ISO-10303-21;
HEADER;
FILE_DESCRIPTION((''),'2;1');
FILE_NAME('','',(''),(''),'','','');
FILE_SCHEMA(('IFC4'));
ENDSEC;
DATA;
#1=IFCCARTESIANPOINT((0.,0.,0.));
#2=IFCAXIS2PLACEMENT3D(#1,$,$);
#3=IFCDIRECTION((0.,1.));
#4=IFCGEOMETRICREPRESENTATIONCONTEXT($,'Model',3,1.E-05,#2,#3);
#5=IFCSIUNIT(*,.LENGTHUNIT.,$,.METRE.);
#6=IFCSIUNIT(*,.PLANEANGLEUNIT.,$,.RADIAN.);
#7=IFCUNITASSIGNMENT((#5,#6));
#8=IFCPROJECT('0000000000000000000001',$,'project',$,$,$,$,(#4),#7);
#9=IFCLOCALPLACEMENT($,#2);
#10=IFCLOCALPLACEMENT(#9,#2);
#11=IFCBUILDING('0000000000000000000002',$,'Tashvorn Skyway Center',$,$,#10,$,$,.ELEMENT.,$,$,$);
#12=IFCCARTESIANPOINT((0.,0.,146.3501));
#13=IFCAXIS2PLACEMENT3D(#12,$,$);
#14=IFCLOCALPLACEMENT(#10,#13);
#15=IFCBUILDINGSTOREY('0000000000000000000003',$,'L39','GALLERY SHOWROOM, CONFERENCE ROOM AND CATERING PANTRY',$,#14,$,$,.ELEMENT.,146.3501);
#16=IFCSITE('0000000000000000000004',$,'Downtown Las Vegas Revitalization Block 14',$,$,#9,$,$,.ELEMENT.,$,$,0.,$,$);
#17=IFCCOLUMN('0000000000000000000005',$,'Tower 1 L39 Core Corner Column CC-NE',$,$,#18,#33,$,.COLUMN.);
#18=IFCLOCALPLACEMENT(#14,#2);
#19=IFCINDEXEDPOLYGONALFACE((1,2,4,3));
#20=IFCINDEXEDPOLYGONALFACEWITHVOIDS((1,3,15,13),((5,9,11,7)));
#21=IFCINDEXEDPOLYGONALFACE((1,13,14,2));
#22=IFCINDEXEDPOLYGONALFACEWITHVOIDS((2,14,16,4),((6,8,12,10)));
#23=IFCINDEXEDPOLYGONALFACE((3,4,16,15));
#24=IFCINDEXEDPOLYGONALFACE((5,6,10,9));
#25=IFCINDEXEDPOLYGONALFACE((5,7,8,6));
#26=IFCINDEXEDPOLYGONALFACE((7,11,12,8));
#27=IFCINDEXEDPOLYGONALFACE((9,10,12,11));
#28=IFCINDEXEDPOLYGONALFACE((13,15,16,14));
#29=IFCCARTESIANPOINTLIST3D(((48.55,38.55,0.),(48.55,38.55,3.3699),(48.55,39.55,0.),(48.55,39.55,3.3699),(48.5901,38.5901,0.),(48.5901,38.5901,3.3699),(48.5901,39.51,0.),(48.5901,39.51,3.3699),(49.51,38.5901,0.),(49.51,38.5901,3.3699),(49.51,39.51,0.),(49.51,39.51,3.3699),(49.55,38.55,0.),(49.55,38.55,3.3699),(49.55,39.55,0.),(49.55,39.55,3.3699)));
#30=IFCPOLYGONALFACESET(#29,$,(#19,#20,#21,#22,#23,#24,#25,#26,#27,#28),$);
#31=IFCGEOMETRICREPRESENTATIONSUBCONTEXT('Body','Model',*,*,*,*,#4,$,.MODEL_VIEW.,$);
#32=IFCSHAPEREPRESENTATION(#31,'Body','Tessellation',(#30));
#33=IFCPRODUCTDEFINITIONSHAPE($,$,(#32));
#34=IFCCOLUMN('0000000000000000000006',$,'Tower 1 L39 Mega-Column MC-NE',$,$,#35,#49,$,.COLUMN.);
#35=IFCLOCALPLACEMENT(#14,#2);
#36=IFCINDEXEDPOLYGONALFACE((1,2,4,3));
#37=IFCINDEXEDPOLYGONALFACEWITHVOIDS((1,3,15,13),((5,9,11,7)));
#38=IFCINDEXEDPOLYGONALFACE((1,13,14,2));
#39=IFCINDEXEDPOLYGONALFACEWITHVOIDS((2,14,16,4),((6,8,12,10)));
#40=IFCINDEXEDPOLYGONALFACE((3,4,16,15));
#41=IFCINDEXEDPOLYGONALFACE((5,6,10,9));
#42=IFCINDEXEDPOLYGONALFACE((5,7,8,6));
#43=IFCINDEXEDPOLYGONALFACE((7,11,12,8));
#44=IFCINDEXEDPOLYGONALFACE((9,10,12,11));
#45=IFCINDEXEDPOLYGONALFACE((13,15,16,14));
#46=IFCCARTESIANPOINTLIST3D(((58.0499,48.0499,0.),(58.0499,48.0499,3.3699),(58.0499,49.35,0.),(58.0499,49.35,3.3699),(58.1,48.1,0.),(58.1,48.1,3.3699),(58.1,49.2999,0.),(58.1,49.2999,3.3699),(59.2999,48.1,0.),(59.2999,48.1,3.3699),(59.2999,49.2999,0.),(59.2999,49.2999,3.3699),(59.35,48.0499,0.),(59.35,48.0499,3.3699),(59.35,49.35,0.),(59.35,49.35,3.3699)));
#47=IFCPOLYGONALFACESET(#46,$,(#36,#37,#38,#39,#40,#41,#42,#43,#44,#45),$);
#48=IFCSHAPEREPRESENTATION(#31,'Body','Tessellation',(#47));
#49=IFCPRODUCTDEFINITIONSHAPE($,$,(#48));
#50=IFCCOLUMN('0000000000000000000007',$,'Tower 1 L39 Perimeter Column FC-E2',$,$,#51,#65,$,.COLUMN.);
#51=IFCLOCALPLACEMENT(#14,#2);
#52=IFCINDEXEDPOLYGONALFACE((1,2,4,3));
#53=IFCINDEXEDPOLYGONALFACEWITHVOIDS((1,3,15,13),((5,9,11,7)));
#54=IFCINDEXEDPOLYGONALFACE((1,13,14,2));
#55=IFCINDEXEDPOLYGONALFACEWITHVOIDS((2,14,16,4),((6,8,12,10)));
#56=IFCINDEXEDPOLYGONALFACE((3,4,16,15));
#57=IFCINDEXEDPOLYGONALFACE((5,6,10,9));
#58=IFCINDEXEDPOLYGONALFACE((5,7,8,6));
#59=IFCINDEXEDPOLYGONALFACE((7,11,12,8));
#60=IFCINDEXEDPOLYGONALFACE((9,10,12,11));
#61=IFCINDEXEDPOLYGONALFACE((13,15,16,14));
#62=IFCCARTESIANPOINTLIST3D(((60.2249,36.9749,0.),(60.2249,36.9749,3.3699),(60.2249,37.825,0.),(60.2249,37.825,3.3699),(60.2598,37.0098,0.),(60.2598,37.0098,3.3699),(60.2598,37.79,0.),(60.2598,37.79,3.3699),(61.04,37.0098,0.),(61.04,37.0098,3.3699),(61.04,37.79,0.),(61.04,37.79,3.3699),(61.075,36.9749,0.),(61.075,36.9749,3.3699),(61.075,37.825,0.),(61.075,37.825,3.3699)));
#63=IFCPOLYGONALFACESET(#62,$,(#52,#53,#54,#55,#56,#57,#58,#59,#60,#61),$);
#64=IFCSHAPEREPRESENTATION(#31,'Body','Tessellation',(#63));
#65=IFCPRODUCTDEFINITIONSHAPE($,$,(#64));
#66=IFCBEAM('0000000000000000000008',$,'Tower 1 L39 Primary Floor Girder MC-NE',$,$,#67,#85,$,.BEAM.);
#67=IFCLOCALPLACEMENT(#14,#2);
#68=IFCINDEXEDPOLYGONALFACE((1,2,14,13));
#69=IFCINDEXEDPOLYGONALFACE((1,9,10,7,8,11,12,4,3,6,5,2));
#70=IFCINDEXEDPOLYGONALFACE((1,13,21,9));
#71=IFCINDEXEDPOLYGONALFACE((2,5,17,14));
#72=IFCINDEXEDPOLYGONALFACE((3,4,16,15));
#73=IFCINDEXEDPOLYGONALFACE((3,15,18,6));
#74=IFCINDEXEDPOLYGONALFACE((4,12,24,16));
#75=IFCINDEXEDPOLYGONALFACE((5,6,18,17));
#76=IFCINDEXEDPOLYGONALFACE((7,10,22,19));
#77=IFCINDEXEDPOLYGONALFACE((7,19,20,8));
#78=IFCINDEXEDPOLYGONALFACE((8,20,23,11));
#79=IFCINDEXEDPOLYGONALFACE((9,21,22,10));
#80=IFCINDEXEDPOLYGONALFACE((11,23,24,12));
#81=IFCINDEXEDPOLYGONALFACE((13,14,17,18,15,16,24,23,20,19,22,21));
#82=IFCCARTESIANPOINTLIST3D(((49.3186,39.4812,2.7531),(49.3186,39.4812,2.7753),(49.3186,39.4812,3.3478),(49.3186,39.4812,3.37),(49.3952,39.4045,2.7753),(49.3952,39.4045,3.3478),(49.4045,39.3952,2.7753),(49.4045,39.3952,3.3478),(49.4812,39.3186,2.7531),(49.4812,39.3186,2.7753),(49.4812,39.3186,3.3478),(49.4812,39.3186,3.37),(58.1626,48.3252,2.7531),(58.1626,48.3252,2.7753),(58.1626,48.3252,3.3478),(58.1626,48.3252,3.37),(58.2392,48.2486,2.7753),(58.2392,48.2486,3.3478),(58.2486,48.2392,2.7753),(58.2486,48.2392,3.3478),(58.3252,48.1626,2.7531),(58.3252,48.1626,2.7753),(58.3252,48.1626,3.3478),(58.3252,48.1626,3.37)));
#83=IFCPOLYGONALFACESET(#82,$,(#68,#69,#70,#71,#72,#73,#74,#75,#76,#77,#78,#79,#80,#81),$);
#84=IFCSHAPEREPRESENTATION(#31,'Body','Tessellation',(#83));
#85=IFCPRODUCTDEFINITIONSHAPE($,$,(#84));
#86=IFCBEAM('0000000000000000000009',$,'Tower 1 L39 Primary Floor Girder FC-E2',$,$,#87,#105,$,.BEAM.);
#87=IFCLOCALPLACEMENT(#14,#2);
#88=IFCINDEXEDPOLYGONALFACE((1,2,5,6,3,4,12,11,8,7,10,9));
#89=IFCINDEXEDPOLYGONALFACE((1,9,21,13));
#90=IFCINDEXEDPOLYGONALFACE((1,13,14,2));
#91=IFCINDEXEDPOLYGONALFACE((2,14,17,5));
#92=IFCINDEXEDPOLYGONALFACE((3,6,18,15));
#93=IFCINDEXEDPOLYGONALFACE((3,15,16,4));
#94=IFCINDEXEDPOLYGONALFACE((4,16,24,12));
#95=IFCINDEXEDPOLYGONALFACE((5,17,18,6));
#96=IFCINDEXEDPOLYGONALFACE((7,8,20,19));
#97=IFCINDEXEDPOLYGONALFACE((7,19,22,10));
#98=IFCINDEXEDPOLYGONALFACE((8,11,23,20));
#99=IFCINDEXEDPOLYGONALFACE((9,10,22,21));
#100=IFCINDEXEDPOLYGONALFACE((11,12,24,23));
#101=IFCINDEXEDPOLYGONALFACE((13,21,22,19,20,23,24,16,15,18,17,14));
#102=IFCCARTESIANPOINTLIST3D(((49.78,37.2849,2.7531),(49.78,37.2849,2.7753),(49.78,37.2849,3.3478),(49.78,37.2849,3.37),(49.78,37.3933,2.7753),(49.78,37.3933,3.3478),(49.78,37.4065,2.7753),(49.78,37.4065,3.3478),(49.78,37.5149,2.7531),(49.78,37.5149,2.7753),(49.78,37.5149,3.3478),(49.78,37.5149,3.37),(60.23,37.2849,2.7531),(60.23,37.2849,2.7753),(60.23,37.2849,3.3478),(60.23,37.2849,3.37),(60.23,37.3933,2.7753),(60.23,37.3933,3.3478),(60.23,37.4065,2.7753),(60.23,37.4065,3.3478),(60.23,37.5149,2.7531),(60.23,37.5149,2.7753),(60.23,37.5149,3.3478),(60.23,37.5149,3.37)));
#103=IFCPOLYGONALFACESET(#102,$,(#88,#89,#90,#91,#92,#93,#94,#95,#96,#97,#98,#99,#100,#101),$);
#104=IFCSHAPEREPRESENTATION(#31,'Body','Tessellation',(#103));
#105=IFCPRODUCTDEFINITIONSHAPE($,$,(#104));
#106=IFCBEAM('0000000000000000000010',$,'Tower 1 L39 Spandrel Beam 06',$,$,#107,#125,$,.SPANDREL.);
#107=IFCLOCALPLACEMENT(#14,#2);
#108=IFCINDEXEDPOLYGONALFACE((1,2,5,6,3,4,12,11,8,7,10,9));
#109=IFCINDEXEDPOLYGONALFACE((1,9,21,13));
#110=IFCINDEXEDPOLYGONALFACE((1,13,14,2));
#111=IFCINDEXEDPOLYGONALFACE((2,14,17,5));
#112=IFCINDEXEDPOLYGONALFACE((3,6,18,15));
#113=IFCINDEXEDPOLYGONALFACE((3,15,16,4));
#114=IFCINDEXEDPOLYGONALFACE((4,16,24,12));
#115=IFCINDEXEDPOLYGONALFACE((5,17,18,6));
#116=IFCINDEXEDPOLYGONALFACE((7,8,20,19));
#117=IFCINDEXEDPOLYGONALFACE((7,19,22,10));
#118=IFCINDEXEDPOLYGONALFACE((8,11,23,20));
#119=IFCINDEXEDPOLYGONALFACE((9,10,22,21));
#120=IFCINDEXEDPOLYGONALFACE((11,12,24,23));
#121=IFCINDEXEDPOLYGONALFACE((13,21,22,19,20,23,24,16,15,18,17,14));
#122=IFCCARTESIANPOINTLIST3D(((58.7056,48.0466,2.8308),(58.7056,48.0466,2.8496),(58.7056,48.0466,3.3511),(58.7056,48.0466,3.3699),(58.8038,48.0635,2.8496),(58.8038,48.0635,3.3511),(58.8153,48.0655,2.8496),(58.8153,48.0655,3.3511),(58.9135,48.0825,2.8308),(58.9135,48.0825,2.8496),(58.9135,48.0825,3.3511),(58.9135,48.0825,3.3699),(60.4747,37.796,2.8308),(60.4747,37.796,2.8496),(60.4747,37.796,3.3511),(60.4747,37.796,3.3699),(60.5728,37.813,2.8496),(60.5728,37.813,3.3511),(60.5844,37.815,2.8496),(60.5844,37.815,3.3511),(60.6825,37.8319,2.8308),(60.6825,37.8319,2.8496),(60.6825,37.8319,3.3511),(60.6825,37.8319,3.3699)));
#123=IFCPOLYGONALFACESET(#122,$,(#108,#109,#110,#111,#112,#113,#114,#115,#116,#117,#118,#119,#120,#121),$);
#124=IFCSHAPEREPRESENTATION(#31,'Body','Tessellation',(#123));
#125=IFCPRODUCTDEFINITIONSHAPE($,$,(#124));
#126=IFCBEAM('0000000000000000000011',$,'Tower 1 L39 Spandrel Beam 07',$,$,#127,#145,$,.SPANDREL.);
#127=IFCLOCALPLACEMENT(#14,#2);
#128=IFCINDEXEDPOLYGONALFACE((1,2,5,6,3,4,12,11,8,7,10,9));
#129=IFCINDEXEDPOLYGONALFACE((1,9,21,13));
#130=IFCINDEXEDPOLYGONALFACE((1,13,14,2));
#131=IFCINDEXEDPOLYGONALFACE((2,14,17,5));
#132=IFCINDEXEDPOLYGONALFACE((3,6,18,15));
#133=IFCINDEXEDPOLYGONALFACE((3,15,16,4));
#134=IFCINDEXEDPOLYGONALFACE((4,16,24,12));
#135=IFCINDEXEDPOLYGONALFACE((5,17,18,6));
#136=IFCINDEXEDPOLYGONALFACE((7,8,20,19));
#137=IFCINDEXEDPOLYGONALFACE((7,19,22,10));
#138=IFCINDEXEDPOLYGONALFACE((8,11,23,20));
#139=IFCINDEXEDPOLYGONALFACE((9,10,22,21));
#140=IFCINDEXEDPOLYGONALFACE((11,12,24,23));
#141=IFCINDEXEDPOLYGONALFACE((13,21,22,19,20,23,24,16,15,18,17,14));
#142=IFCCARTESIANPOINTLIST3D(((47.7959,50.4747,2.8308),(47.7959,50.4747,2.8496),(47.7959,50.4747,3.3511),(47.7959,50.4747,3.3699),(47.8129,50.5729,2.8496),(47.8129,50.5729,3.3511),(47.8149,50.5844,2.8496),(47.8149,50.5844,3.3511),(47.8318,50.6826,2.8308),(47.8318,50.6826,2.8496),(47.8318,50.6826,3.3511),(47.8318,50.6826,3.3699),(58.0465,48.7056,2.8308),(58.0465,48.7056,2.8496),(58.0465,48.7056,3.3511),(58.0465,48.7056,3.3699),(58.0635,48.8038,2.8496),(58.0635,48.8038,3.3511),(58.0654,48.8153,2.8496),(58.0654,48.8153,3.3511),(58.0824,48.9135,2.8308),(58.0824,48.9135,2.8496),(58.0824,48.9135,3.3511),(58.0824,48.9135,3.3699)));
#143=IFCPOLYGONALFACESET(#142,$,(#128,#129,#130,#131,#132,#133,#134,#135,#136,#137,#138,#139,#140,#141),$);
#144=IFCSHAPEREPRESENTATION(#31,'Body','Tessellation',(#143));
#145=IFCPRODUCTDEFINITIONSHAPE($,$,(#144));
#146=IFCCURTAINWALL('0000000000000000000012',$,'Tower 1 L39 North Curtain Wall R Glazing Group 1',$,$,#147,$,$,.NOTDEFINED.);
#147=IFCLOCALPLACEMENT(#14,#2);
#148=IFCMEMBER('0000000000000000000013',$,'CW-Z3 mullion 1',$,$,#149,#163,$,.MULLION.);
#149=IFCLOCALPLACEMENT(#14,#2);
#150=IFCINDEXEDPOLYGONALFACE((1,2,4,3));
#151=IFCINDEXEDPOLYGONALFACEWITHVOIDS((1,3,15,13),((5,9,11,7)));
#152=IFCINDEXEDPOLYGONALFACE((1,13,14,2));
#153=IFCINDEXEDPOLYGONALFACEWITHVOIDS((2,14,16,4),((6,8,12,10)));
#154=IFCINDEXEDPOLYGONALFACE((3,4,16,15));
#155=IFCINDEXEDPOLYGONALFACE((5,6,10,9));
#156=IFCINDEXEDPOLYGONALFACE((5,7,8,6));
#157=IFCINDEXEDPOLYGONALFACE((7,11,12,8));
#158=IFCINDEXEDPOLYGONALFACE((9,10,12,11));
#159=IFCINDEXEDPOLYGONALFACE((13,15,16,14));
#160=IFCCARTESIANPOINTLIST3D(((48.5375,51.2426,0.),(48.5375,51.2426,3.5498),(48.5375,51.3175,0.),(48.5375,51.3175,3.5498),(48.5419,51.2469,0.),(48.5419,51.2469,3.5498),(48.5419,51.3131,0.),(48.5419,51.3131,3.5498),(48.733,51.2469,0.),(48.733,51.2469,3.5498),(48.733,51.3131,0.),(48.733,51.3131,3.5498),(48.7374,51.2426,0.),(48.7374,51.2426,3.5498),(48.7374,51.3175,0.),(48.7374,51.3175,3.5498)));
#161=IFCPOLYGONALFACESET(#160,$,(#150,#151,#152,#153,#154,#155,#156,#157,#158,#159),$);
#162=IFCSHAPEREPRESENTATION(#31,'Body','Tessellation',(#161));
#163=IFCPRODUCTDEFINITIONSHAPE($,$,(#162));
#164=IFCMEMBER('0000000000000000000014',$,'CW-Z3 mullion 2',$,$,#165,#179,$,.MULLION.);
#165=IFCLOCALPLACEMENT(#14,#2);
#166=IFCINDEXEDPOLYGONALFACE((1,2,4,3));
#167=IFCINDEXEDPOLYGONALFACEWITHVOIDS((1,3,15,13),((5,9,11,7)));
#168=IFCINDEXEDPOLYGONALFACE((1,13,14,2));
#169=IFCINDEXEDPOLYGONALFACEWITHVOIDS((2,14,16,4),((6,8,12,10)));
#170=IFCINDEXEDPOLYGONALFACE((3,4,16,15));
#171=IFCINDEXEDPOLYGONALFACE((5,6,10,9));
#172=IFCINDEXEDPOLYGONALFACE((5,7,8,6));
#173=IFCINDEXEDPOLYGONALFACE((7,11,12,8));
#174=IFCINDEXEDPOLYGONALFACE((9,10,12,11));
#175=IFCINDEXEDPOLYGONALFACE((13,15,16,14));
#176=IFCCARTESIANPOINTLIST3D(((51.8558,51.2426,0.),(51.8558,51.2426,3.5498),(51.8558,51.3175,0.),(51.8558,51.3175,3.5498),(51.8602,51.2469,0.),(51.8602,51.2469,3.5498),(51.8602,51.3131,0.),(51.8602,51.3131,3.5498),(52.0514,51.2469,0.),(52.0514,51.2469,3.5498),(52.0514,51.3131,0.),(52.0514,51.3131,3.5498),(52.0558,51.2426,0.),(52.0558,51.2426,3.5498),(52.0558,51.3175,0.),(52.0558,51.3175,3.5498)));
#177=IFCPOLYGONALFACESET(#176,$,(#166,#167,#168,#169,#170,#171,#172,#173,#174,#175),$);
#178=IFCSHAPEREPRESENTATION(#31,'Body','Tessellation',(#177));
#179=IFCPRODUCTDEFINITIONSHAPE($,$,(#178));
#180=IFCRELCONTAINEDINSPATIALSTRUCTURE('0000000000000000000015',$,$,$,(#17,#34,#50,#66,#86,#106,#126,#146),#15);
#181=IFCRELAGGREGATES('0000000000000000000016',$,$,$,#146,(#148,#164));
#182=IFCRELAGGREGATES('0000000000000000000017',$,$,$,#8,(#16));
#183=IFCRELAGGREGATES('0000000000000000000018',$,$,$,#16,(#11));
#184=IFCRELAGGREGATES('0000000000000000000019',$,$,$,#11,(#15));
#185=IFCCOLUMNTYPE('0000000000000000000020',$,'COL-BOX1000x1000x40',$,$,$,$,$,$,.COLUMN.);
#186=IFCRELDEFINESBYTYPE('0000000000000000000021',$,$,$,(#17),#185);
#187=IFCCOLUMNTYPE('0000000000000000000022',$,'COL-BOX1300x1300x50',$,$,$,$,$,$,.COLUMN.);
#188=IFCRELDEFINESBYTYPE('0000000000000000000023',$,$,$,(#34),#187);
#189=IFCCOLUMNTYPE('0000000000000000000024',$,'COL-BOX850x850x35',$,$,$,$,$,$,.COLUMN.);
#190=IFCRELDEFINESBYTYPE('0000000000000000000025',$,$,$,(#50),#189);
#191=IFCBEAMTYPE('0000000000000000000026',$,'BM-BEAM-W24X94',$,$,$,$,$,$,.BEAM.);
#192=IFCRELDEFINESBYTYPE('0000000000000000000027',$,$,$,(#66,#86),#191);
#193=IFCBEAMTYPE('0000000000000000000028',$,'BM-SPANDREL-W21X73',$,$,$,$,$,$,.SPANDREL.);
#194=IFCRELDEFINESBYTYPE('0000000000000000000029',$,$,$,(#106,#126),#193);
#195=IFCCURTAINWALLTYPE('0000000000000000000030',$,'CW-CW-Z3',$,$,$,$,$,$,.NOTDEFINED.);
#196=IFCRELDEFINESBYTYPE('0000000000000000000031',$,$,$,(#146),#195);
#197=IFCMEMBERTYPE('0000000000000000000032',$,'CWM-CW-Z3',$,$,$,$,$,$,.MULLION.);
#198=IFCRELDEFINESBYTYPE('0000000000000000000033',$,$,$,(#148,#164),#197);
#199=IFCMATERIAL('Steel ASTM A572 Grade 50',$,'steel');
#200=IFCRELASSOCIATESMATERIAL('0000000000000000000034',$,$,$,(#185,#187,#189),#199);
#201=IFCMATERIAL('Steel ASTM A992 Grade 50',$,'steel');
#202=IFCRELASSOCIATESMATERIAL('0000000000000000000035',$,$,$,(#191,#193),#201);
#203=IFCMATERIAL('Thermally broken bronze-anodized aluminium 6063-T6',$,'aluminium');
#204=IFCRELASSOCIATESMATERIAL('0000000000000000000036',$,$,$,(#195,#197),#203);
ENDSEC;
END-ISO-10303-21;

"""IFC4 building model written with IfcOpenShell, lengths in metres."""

from ifc_helpers import new_model, si_unit, direction, frame, origin, origin_2d, place, context, subcontext, project, spatial, hollow_rectangle, i_section, extrude, material, material_profile, profile_set, type_object, element, aggregate, save


model = new_model("IFC4")

# Units and contexts
model_context = context("Model", 3, precision=1e-05, world=origin(), true_north=direction((0.0, 1.0)))
body_context = subcontext(model_context, "Body", "Model", "MODEL_VIEW")
ifc_project = project(units=[si_unit("LENGTHUNIT", "METRE"), si_unit("PLANEANGLEUNIT", "RADIAN")], contexts=[model_context])

# Site, building, storey
site_placement = place(None, origin())
site = spatial("IfcSite", under=ifc_project, at=site_placement, Name="Downtown Las Vegas Revitalization Block 14", CompositionType="ELEMENT", RefElevation=0.0)
building_placement = place(site_placement, origin())
building = spatial("IfcBuilding", under=site, at=building_placement, Name="Tashvorn Skyway Center", CompositionType="ELEMENT")
storey_placement = place(building_placement, frame((0.0, 0.0, 146.3501)))
storey = spatial("IfcBuildingStorey", under=building, at=storey_placement, Name="L39", Description="GALLERY SHOWROOM, CONFERENCE ROOM AND CATERING PANTRY", CompositionType="ELEMENT", Elevation=146.3501)

# Columns
ifc_material_1 = material(Name="Steel ASTM A572 Grade 50", Category="steel")
ifc_material_profile_1 = material_profile(ifc_material_1, hollow_rectangle(XDim=1.0, YDim=1.0, WallThickness=0.04, at=origin_2d()), Name="BOX1000x1000x40")
ifc_profile_set_1 = profile_set([ifc_material_profile_1], Name="Steel ASTM A572 Grade 50")
column_type_1 = type_object("IfcColumnType", Name="COL-BOX1000x1000x40", PredefinedType="COLUMN", material=ifc_profile_set_1)
column_1_placement = place(storey_placement, frame((49.05, 39.05, 0.0), z_axis=(0.0, 0.0, 1.0), x_axis=(1.0, 0.0, 0.0)))
element("IfcColumn", 1, at=column_1_placement, inside=storey, type_object=column_type_1, Name="Tower 1 L39 Core Corner Column CC-NE", PredefinedType="COLUMN", context=body_context, shape_type="SweptSolid", body=[
    extrude(hollow_rectangle(XDim=1.0, YDim=1.0, WallThickness=0.04, at=origin_2d()), origin(), (0.0, 0.0, 1.0), 3.3699),
])
ifc_material_profile_2 = material_profile(ifc_material_1, hollow_rectangle(XDim=1.3, YDim=1.3, WallThickness=0.05, at=origin_2d()), Name="BOX1300x1300x50")
ifc_profile_set_2 = profile_set([ifc_material_profile_2], Name="Steel ASTM A572 Grade 50")
column_type_2 = type_object("IfcColumnType", Name="COL-BOX1300x1300x50", PredefinedType="COLUMN", material=ifc_profile_set_2)
column_2_placement = place(storey_placement, frame((58.7, 48.7, 0.0), z_axis=(0.0, 0.0, 1.0), x_axis=(1.0, 0.0, 0.0)))
element("IfcColumn", 2, at=column_2_placement, inside=storey, type_object=column_type_2, Name="Tower 1 L39 Mega-Column MC-NE", PredefinedType="COLUMN", context=body_context, shape_type="SweptSolid", body=[
    extrude(hollow_rectangle(XDim=1.3, YDim=1.3, WallThickness=0.05, at=origin_2d()), origin(), (0.0, 0.0, 1.0), 3.3699),
])
ifc_material_profile_3 = material_profile(ifc_material_1, hollow_rectangle(XDim=0.8501, YDim=0.8501, WallThickness=0.0349, at=origin_2d()), Name="BOX850x850x35")
ifc_profile_set_3 = profile_set([ifc_material_profile_3], Name="Steel ASTM A572 Grade 50")
column_type_3 = type_object("IfcColumnType", Name="COL-BOX850x850x35", PredefinedType="COLUMN", material=ifc_profile_set_3)
column_3_placement = place(storey_placement, frame((60.6499, 37.3999, 0.0), z_axis=(0.0, 0.0, 1.0), x_axis=(1.0, 0.0, 0.0)))
element("IfcColumn", 3, at=column_3_placement, inside=storey, type_object=column_type_3, Name="Tower 1 L39 Perimeter Column FC-E2", PredefinedType="COLUMN", context=body_context, shape_type="SweptSolid", body=[
    extrude(hollow_rectangle(XDim=0.8501, YDim=0.8501, WallThickness=0.0349, at=origin_2d()), origin(), (0.0, 0.0, 1.0), 3.3699),
])

# Beams
ifc_material_2 = material(Name="Steel ASTM A992 Grade 50", Category="steel")
ifc_material_profile_4 = material_profile(ifc_material_2, i_section(OverallWidth=0.23, OverallDepth=0.6169, WebThickness=0.0132, FlangeThickness=0.0222, at=origin_2d()), Name="W24X94")
ifc_profile_set_4 = profile_set([ifc_material_profile_4], Name="Steel ASTM A992 Grade 50")
beam_type_1 = type_object("IfcBeamType", Name="BM-BEAM-W24X94", PredefinedType="BEAM", material=ifc_profile_set_4)
beam_1_placement = place(storey_placement, frame((58.2439, 48.2439, 3.0615), z_axis=(-0.707107, -0.707107, 0.0), x_axis=(0.707107, -0.707107, 0.0)))
element("IfcBeam", 4, at=beam_1_placement, inside=storey, type_object=beam_type_1, Name="Tower 1 L39 Primary Floor Girder MC-NE", PredefinedType="BEAM", context=body_context, shape_type="SweptSolid", body=[
    extrude(i_section(OverallWidth=0.23, OverallDepth=0.6169, WebThickness=0.0132, FlangeThickness=0.0222, at=origin_2d()), origin(), (0.0, 0.0, 1.0), 12.5073),
])
beam_2_placement = place(storey_placement, frame((60.23, 37.3999, 3.0615), z_axis=(-1.0, 0.0, 0.0), x_axis=(0.0, -1.0, 0.0)))
element("IfcBeam", 5, at=beam_2_placement, inside=storey, type_object=beam_type_1, Name="Tower 1 L39 Primary Floor Girder FC-E2", PredefinedType="BEAM", context=body_context, shape_type="SweptSolid", body=[
    extrude(i_section(OverallWidth=0.23, OverallDepth=0.6169, WebThickness=0.0132, FlangeThickness=0.0222, at=origin_2d()), origin(), (0.0, 0.0, 1.0), 10.45),
])
ifc_material_profile_5 = material_profile(ifc_material_2, i_section(OverallWidth=0.2109, OverallDepth=0.5391, WebThickness=0.0117, FlangeThickness=0.0188, at=origin_2d()), Name="W21X73")
ifc_profile_set_5 = profile_set([ifc_material_profile_5], Name="Steel ASTM A992 Grade 50")
beam_type_2 = type_object("IfcBeamType", Name="BM-SPANDREL-W21X73", PredefinedType="SPANDREL", material=ifc_profile_set_5)
for number, where, z_axis, x_axis, name in (
    (6, (60.5786, 37.814, 3.1003), (-0.170067, 0.985432, 0.0), (-0.985432, -0.170067, 0.0), "Tower 1 L39 Spandrel Beam 06"),
    (7, (58.0645, 48.8096, 3.1003), (-0.985432, 0.170067, 0.0), (-0.170067, -0.985432, 0.0), "Tower 1 L39 Spandrel Beam 07"),
):
    element("IfcBeam", number, at=place(storey_placement, frame(where, z_axis=z_axis, x_axis=x_axis)), inside=storey, type_object=beam_type_2, Name=name, PredefinedType="SPANDREL", context=body_context, shape_type="SweptSolid", body=[
        extrude(i_section(OverallWidth=0.2109, OverallDepth=0.5391, WebThickness=0.0117, FlangeThickness=0.0188, at=origin_2d()), origin(), (0.0, 0.0, 1.0), 10.4021),
    ])

# Curtain wall, members
ifc_material_3 = material(Name="Thermally broken bronze-anodized aluminium 6063-T6", Category="aluminium")
curtain_wall_type = type_object("IfcCurtainWallType", Name="CW-CW-Z3", PredefinedType="NOTDEFINED", material=ifc_material_3)
curtain_wall_1_placement = place(storey_placement, origin())
curtain_wall_1 = element("IfcCurtainWall", 8, at=curtain_wall_1_placement, inside=storey, type_object=curtain_wall_type, Name="Tower 1 L39 North Curtain Wall R Glazing Group 1", PredefinedType="NOTDEFINED")
ifc_material_profile_6 = material_profile(ifc_material_3, hollow_rectangle(XDim=0.075, YDim=0.2, WallThickness=0.0044, at=origin_2d()), Name="ALU-MULL-75x200")
ifc_profile_set_6 = profile_set([ifc_material_profile_6], Name="Thermally broken bronze-anodized aluminium 6063-T6")
member_type_1 = type_object("IfcMemberType", Name="CWM-CW-Z3", PredefinedType="MULLION", material=ifc_profile_set_6)
member_1_placement = place(storey_placement, frame((48.6375, 51.28, 0.0), z_axis=(0.0, 0.0, 1.0), x_axis=(0.0, 1.0, 0.0)))
member_1 = element("IfcMember", 9, at=member_1_placement, type_object=member_type_1, Name="CW-Z3 mullion 1", PredefinedType="MULLION", context=body_context, shape_type="SweptSolid", body=[
    extrude(hollow_rectangle(XDim=0.075, YDim=0.2, WallThickness=0.0044, at=origin_2d()), origin(), (0.0, 0.0, 1.0), 3.5498),
])
member_2_placement = place(storey_placement, frame((51.9558, 51.28, 0.0), z_axis=(0.0, 0.0, 1.0), x_axis=(0.0, 1.0, 0.0)))
member_2 = element("IfcMember", 10, at=member_2_placement, type_object=member_type_1, Name="CW-Z3 mullion 2", PredefinedType="MULLION", context=body_context, shape_type="SweptSolid", body=[
    extrude(hollow_rectangle(XDim=0.075, YDim=0.2, WallThickness=0.0044, at=origin_2d()), origin(), (0.0, 0.0, 1.0), 3.5498),
])

aggregate(curtain_wall_1, [member_1, member_2])

save(model, "model.ifc")
